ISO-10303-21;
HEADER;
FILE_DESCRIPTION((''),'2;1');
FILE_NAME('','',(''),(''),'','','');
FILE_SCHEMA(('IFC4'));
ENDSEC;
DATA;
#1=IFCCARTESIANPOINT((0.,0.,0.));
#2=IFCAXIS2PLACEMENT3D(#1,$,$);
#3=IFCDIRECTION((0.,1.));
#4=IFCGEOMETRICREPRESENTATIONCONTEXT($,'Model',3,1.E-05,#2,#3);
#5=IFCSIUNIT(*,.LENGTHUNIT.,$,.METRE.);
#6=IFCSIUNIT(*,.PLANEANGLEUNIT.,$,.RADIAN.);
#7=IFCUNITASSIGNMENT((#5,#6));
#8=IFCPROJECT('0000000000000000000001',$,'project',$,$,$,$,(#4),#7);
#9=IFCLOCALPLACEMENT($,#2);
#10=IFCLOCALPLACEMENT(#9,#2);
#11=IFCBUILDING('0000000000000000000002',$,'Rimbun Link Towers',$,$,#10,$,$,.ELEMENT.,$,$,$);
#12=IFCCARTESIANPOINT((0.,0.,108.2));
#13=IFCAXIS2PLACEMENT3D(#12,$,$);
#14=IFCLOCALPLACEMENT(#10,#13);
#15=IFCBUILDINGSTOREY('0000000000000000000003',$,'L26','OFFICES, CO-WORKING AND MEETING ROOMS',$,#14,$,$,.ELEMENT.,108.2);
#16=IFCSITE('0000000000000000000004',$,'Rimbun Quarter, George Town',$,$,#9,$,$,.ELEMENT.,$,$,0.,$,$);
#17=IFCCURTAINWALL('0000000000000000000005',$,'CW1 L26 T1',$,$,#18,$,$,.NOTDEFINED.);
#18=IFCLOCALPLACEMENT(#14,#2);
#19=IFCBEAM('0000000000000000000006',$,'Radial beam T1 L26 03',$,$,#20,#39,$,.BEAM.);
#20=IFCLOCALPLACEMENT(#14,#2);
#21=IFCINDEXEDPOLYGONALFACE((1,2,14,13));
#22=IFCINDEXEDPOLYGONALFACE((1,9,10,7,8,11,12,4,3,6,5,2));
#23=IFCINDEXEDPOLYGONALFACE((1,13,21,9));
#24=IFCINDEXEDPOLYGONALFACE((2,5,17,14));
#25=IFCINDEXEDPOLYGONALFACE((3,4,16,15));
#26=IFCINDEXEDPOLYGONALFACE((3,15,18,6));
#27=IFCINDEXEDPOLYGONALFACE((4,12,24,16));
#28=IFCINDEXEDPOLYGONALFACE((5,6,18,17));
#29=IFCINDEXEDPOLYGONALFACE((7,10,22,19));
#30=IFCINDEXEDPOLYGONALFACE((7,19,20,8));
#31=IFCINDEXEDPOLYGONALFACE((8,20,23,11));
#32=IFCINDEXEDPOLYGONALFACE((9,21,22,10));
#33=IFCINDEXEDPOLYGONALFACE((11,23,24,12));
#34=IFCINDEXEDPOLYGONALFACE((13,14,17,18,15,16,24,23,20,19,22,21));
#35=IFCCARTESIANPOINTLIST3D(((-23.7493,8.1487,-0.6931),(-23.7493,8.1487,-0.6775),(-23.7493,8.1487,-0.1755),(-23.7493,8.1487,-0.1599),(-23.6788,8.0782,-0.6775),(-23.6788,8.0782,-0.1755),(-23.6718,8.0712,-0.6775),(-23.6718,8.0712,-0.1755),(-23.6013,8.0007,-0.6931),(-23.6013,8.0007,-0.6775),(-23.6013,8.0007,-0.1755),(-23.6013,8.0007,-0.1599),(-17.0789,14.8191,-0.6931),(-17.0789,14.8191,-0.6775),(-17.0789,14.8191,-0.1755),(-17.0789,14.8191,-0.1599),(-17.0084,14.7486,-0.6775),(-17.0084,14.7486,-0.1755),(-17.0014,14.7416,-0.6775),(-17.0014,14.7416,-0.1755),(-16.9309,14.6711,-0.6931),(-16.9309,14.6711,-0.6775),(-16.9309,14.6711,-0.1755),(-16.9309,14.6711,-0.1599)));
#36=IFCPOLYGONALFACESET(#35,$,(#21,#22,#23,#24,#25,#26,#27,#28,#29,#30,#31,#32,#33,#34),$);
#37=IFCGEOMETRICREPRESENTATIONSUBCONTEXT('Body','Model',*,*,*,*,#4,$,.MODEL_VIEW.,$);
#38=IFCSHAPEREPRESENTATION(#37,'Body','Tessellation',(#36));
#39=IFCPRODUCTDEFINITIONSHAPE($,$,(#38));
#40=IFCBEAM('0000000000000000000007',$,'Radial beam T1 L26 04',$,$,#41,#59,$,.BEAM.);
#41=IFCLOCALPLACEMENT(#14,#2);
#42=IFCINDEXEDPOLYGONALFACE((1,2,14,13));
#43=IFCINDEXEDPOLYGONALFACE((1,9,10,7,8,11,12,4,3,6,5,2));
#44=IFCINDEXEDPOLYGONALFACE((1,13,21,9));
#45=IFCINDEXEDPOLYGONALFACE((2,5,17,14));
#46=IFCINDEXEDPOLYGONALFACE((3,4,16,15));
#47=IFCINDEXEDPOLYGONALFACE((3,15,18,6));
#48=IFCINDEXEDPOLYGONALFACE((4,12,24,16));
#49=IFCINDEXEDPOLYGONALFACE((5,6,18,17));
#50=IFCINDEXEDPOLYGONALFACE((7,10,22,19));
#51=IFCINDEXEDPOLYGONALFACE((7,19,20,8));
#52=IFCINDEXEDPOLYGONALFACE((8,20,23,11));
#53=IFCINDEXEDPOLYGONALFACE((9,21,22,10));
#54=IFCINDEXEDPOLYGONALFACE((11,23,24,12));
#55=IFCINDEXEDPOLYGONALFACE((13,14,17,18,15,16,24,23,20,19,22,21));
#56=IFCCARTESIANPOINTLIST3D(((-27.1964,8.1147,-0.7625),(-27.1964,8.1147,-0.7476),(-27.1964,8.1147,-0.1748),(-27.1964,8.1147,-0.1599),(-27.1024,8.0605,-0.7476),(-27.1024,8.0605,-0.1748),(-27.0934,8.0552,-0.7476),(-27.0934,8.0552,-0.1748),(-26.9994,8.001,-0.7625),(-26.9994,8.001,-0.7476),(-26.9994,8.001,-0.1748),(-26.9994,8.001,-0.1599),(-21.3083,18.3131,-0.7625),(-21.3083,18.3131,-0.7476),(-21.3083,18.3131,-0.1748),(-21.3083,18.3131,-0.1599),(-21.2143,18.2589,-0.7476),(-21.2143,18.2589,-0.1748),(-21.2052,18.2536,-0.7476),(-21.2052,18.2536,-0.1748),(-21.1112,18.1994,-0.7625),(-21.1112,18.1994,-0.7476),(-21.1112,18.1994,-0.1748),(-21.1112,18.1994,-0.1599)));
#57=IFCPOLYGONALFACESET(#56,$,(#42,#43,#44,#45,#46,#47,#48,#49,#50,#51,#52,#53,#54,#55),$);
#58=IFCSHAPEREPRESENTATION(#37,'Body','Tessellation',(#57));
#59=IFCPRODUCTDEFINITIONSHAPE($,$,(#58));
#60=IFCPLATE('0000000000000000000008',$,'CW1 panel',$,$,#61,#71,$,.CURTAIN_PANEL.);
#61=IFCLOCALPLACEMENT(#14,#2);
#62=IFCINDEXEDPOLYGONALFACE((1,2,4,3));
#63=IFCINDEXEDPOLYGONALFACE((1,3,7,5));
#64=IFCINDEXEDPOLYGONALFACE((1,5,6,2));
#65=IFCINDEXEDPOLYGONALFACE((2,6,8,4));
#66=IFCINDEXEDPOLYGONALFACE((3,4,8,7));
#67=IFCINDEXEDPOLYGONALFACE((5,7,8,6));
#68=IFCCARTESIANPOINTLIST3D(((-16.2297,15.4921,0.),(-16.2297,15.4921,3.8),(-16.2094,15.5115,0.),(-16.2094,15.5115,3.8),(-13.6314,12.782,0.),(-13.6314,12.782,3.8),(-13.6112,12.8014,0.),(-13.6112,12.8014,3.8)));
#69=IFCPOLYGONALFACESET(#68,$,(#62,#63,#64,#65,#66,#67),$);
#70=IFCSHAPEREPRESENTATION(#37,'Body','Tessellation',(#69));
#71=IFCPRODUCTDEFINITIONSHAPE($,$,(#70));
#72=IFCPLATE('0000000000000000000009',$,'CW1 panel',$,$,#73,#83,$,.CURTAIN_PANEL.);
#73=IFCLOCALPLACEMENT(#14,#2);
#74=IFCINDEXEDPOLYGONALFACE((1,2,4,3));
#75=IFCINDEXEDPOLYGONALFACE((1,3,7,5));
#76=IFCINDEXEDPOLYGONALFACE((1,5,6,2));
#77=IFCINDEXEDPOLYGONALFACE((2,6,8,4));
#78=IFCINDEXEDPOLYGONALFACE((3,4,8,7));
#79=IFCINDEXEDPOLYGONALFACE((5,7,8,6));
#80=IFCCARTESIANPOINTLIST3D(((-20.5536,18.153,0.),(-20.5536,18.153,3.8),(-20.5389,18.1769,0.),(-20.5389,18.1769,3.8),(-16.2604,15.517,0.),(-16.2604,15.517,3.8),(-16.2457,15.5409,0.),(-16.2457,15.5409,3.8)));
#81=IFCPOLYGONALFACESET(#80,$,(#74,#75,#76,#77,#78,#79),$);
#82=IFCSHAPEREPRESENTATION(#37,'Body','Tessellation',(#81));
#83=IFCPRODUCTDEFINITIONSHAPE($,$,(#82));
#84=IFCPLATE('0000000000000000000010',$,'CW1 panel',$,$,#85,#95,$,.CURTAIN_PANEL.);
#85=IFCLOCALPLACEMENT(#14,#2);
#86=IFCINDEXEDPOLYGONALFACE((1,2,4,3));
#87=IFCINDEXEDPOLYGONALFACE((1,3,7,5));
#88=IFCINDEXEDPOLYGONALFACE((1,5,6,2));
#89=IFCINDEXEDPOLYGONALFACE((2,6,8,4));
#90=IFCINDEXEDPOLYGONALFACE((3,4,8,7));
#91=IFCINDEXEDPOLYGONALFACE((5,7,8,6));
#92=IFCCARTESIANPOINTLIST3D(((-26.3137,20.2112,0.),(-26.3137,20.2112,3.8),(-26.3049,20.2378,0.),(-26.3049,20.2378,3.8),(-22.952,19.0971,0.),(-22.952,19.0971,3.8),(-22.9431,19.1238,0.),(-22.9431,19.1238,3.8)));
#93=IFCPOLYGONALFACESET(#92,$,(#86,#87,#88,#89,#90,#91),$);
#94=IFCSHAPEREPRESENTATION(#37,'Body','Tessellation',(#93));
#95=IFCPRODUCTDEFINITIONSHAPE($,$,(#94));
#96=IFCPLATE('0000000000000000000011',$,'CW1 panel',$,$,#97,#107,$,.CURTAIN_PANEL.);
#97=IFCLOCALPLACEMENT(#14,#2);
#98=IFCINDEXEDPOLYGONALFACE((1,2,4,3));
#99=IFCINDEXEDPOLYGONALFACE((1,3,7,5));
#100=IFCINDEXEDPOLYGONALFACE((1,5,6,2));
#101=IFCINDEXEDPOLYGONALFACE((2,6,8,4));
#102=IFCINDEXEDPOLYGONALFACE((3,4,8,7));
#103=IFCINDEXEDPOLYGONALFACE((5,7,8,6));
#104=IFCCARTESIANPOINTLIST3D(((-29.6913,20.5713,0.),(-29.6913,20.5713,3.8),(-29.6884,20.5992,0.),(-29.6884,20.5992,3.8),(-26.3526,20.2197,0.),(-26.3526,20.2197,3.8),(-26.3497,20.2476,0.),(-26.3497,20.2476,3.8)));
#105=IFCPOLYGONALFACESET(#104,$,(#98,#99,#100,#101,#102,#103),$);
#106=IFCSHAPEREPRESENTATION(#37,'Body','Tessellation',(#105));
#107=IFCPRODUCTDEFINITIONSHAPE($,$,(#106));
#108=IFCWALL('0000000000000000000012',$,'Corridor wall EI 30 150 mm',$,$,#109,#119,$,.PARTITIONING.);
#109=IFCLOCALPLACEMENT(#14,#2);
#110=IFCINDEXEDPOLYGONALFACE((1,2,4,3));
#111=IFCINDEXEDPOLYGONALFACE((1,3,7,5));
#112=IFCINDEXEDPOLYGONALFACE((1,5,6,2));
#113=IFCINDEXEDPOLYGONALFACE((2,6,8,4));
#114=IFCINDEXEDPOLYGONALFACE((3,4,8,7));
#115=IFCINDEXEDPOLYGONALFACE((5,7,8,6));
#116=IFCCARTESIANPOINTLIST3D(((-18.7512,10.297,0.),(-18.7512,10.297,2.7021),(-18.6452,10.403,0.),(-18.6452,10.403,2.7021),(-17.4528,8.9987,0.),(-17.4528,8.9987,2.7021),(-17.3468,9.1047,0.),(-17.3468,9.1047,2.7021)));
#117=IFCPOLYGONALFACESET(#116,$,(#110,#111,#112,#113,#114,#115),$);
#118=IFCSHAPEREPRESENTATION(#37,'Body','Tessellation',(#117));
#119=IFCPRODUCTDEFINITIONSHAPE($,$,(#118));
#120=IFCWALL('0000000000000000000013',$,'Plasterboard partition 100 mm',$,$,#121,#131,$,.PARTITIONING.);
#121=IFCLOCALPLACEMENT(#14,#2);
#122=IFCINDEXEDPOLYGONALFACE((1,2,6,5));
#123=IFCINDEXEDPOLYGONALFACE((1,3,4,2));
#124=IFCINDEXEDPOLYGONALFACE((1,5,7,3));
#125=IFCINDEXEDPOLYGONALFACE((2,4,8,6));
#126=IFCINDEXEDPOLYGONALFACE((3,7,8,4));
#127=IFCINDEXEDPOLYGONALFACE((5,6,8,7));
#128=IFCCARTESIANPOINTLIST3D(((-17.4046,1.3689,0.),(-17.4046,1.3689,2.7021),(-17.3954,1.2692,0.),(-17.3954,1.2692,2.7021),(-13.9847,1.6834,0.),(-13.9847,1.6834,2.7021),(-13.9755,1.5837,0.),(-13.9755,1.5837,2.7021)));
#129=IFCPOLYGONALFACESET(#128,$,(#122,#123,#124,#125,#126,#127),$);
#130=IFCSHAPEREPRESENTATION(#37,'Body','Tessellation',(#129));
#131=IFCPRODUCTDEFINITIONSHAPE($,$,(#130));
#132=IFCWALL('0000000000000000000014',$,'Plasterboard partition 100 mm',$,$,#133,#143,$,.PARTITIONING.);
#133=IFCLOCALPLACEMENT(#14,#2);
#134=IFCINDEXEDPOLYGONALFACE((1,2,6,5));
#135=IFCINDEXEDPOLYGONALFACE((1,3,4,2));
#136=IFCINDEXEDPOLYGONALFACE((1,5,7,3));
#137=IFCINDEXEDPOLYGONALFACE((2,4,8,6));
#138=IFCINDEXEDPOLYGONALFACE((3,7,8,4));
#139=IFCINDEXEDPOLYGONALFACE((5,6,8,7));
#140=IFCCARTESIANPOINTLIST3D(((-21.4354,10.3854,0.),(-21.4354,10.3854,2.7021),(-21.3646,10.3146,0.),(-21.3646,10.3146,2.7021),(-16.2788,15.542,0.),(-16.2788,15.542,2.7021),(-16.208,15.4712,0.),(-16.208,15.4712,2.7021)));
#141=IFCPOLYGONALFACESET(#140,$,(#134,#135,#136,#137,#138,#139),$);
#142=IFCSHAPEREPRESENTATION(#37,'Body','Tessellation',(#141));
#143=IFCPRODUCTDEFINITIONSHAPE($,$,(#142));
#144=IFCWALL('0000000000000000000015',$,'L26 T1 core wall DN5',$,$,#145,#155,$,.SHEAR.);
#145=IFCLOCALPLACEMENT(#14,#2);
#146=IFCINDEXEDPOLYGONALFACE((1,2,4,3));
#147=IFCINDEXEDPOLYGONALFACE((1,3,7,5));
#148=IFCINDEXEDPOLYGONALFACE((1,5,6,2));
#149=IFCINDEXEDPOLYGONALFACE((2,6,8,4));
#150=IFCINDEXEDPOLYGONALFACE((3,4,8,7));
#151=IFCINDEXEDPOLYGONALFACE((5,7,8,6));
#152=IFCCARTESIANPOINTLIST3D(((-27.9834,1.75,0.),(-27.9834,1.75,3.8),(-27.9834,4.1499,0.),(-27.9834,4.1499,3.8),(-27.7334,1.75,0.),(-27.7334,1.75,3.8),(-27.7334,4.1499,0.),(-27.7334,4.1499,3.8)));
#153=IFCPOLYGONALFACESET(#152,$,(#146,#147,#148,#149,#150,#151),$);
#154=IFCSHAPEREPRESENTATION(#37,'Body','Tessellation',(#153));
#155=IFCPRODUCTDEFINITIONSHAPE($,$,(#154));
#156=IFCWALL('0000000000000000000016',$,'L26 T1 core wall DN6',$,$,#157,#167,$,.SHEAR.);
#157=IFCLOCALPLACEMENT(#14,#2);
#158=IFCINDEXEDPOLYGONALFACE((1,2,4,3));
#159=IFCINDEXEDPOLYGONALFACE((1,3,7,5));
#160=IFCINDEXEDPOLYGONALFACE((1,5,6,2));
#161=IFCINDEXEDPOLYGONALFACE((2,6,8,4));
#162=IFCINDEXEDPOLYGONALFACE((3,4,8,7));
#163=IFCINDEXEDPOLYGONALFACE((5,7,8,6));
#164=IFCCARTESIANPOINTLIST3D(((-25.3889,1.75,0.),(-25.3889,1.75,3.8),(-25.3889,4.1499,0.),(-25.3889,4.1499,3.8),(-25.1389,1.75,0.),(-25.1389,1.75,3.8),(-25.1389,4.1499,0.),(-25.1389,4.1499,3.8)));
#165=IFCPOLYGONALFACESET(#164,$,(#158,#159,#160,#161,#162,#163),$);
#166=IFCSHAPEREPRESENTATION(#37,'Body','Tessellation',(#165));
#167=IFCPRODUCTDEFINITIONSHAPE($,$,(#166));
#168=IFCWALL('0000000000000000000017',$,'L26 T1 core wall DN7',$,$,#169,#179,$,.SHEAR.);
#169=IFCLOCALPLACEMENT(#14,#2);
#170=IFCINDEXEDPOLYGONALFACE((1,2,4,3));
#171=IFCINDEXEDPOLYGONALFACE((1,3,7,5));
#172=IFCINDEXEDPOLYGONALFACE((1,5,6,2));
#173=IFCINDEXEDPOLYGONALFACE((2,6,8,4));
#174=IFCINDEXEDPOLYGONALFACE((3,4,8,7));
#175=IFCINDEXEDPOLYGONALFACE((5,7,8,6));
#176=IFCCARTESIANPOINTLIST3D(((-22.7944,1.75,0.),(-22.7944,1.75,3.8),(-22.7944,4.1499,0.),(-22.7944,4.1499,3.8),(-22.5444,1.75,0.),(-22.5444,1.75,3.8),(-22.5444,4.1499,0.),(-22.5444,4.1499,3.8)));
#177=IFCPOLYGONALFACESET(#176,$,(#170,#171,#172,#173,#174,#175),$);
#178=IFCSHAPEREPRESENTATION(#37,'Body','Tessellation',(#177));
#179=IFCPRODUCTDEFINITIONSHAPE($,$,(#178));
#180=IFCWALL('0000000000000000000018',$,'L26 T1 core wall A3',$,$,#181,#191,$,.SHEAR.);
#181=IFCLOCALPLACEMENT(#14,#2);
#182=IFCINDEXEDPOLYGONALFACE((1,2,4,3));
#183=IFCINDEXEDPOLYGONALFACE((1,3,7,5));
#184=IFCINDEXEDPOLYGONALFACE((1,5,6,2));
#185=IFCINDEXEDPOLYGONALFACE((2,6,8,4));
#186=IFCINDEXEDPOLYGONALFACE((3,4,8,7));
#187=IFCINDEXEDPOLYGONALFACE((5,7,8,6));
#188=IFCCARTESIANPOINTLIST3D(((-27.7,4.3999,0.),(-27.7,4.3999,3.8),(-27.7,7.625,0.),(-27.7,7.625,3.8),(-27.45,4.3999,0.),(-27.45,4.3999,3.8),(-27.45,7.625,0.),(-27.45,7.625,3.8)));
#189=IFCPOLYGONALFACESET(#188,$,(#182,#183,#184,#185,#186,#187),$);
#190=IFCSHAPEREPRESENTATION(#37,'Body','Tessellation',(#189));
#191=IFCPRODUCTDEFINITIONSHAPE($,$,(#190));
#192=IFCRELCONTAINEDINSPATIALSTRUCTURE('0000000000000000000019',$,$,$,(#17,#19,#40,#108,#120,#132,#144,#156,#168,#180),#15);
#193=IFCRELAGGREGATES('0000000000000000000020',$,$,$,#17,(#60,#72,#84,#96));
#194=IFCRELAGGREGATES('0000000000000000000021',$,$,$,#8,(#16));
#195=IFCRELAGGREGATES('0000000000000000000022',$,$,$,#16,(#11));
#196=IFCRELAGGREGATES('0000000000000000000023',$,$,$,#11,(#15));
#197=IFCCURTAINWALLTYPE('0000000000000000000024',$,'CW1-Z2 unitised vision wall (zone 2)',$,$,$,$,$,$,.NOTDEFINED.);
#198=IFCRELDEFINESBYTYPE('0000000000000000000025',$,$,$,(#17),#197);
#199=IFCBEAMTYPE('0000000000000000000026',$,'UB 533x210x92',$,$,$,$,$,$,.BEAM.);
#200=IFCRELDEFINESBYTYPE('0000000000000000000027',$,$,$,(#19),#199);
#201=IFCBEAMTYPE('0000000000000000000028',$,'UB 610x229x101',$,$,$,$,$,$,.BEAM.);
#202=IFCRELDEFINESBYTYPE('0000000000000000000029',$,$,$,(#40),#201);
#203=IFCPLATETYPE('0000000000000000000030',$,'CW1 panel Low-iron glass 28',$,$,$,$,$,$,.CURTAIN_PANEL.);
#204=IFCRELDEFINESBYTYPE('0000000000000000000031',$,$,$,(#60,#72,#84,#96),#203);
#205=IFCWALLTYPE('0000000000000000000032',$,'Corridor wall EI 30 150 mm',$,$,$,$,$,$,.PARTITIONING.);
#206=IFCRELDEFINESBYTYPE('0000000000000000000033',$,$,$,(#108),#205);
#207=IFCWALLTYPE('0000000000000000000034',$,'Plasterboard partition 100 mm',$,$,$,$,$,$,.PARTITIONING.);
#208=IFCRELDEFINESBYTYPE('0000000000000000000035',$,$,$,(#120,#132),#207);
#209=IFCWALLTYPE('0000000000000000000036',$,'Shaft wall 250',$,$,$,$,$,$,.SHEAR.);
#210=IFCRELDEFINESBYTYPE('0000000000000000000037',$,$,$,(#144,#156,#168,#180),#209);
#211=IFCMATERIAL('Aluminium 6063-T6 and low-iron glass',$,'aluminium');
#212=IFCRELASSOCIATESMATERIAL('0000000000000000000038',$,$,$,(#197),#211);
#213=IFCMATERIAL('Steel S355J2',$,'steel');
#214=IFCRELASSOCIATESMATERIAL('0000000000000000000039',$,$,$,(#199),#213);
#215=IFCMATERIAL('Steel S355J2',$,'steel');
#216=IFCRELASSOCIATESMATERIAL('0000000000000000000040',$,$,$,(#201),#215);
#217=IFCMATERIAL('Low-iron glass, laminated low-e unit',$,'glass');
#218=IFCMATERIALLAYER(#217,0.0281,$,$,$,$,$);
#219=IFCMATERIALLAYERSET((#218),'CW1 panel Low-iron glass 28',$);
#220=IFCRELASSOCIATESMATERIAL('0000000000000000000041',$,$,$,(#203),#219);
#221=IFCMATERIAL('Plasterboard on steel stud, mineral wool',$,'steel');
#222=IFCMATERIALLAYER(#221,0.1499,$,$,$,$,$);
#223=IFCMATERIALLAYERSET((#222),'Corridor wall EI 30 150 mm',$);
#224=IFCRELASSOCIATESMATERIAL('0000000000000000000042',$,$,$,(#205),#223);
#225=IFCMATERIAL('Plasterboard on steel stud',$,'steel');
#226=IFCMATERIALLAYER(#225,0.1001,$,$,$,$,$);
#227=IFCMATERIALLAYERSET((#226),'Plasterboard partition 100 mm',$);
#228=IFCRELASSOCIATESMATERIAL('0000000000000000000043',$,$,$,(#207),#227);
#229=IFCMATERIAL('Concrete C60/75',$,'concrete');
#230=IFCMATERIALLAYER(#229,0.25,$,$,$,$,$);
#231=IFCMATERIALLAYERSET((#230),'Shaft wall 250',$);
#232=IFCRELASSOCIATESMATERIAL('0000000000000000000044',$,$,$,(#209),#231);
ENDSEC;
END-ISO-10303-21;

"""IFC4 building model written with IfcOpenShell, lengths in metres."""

from ifc_helpers import new_model, si_unit, direction, frame, frame_2d, origin, origin_2d, place, context, subcontext, project, spatial, rectangle, i_section, extrude, material, layer, layer_set, material_profile, profile_set, type_object, element, aggregate, save


model = new_model("IFC4")

# Units and contexts
model_context = context("Model", 3, precision=1e-05, world=origin(), true_north=direction((0.0, 1.0)))
body_context = subcontext(model_context, "Body", "Model", "MODEL_VIEW")
ifc_project = project(units=[si_unit("LENGTHUNIT", "METRE"), si_unit("PLANEANGLEUNIT", "RADIAN")], contexts=[model_context])

# Site, building, storey
site_placement = place(None, origin())
site = spatial("IfcSite", under=ifc_project, at=site_placement, Name="Rimbun Quarter, George Town", CompositionType="ELEMENT", RefElevation=0.0)
building_placement = place(site_placement, origin())
building = spatial("IfcBuilding", under=site, at=building_placement, Name="Rimbun Link Towers", CompositionType="ELEMENT")
storey_placement = place(building_placement, frame((0.0, 0.0, 108.2)))
storey = spatial("IfcBuildingStorey", under=building, at=storey_placement, Name="L26", Description="OFFICES, CO-WORKING AND MEETING ROOMS", CompositionType="ELEMENT", Elevation=108.2)

# Curtain wall
ifc_material_1 = material(Name="Aluminium 6063-T6 and low-iron glass", Category="aluminium")
curtain_wall_type = type_object("IfcCurtainWallType", Name="CW1-Z2 unitised vision wall (zone 2)", PredefinedType="NOTDEFINED", material=ifc_material_1)
curtain_wall_placement = place(storey_placement, origin())
curtain_wall = element("IfcCurtainWall", 1, at=curtain_wall_placement, inside=storey, type_object=curtain_wall_type, Name="CW1 L26 T1", PredefinedType="NOTDEFINED")

# Beams
ifc_material_2 = material(Name="Steel S355J2", Category="steel")
ifc_material_profile_1 = material_profile(ifc_material_2, i_section(OverallWidth=0.2092, OverallDepth=0.5332, WebThickness=0.01, FlangeThickness=0.0156, at=origin_2d()), Name="UB 533x210x92")
ifc_profile_set_1 = profile_set([ifc_material_profile_1], Name="Steel S355J2")
beam_type_1 = type_object("IfcBeamType", Name="UB 533x210x92", PredefinedType="BEAM", material=ifc_profile_set_1)
beam_1_placement = place(storey_placement, frame((-23.6753, 8.0747, -0.4265), z_axis=(0.707107, 0.707107, 0.0), x_axis=(-0.707107, 0.707107, 0.0)))
element("IfcBeam", 2, at=beam_1_placement, inside=storey, type_object=beam_type_1, Name="Radial beam T1 L26 03", PredefinedType="BEAM", context=body_context, shape_type="SweptSolid", body=[
    extrude(i_section(OverallWidth=0.2092, OverallDepth=0.5332, WebThickness=0.01, FlangeThickness=0.0156, at=origin_2d()), origin(), (0.0, 0.0, 1.0), 9.4333),
])
ifc_material_3 = material(Name="Steel S355J2", Category="steel")
ifc_material_profile_2 = material_profile(ifc_material_3, i_section(OverallWidth=0.2275, OverallDepth=0.6025, WebThickness=0.0105, FlangeThickness=0.0149, at=origin_2d()), Name="UB 610x229x101")
ifc_profile_set_2 = profile_set([ifc_material_profile_2], Name="Steel S355J2")
beam_type_2 = type_object("IfcBeamType", Name="UB 610x229x101", PredefinedType="BEAM", material=ifc_profile_set_2)
beam_2_placement = place(storey_placement, frame((-27.0979, 8.0579, -0.4612), z_axis=(0.500005, 0.866022, 0.0), x_axis=(-0.866022, 0.500005, 0.0)))
element("IfcBeam", 3, at=beam_2_placement, inside=storey, type_object=beam_type_2, Name="Radial beam T1 L26 04", PredefinedType="BEAM", context=body_context, shape_type="SweptSolid", body=[
    extrude(i_section(OverallWidth=0.2275, OverallDepth=0.6025, WebThickness=0.0105, FlangeThickness=0.0149, at=origin_2d()), origin(), (0.0, 0.0, 1.0), 11.7761),
])

# Plates
ifc_material_4 = material(Name="Low-iron glass, laminated low-e unit", Category="glass")
ifc_layer_1 = layer(ifc_material_4, 0.0281)
ifc_layer_set_1 = layer_set([ifc_layer_1], Name="CW1 panel Low-iron glass 28")
plate_type = type_object("IfcPlateType", Name="CW1 panel Low-iron glass 28", PredefinedType="CURTAIN_PANEL", material=ifc_layer_set_1)
plate_1_placement = place(storey_placement, frame((-14.9204, 14.1467, 0.0), z_axis=(0.0, 0.0, 1.0), x_axis=(0.692055, -0.721845, 0.0)))
plate_1 = element("IfcPlate", 4, at=plate_1_placement, type_object=plate_type, Name="CW1 panel", PredefinedType="CURTAIN_PANEL", context=body_context, shape_type="SweptSolid", body=[
    extrude(rectangle(XDim=3.7544, YDim=0.0281, at=origin_2d()), origin(), (0.0, 0.0, 1.0), 3.8),
])
plate_2_placement = place(storey_placement, frame((-18.3997, 16.8469, 0.0), z_axis=(0.0, 0.0, 1.0), x_axis=(0.852185, -0.523241, 0.0)))
plate_2 = element("IfcPlate", 5, at=plate_2_placement, type_object=plate_type, Name="CW1 panel", PredefinedType="CURTAIN_PANEL", context=body_context, shape_type="SweptSolid", body=[
    extrude(rectangle(XDim=5.0378, YDim=0.0281, at=origin_2d()), origin(), (0.0, 0.0, 1.0), 3.8),
])
plate_3_placement = place(storey_placement, frame((-24.6284, 19.6675, 0.0), z_axis=(0.0, 0.0, 1.0), x_axis=(0.949237, -0.314562, 0.0)))
plate_3 = element("IfcPlate", 6, at=plate_3_placement, type_object=plate_type, Name="CW1 panel", PredefinedType="CURTAIN_PANEL", context=body_context, shape_type="SweptSolid", body=[
    extrude(rectangle(XDim=3.5415, YDim=0.0281, at=origin_2d()), origin(), (0.0, 0.0, 1.0), 3.8),
])
plate_4_placement = place(storey_placement, frame((-28.0205, 20.4094, 0.0), z_axis=(0.0, 0.0, 1.0), x_axis=(0.994501, -0.104732, 0.0)))
plate_4 = element("IfcPlate", 7, at=plate_4_placement, type_object=plate_type, Name="CW1 panel", PredefinedType="CURTAIN_PANEL", context=body_context, shape_type="SweptSolid", body=[
    extrude(rectangle(XDim=3.3572, YDim=0.0281, at=origin_2d()), origin(), (0.0, 0.0, 1.0), 3.8),
])
aggregate(curtain_wall, [plate_1, plate_2, plate_3, plate_4])

# Walls
ifc_material_5 = material(Name="Plasterboard on steel stud, mineral wool", Category="steel")
ifc_layer_2 = layer(ifc_material_5, 0.1499)
ifc_layer_set_2 = layer_set([ifc_layer_2], Name="Corridor wall EI 30 150 mm")
wall_type_1 = type_object("IfcWallType", Name="Corridor wall EI 30 150 mm", PredefinedType="PARTITIONING", material=ifc_layer_set_2)
wall_1_placement = place(storey_placement, frame((-17.3999, 9.0518, 0.0), z_axis=(0.0, 0.0, 1.0), x_axis=(-0.707107, 0.707107, 0.0)))
element("IfcWall", 8, at=wall_1_placement, inside=storey, type_object=wall_type_1, Name="Corridor wall EI 30 150 mm", PredefinedType="PARTITIONING", context=body_context, shape_type="SweptSolid", body=[
    extrude(rectangle(XDim=1.8362, YDim=0.1499, at=frame_2d((0.918, 0.0))), origin(), (0.0, 0.0, 1.0), 2.7021),
])
ifc_material_6 = material(Name="Plasterboard on steel stud", Category="steel")
ifc_layer_3 = layer(ifc_material_6, 0.1001)
ifc_layer_set_3 = layer_set([ifc_layer_3], Name="Plasterboard partition 100 mm")
wall_type_2 = type_object("IfcWallType", Name="Plasterboard partition 100 mm", PredefinedType="PARTITIONING", material=ifc_layer_set_3)
wall_2_placement = place(storey_placement, frame((-13.98, 1.6335, 0.0), z_axis=(0.0, 0.0, 1.0), x_axis=(-0.995799, -0.091561, 0.0)))
element("IfcWall", 9, at=wall_2_placement, inside=storey, type_object=wall_type_2, Name="Plasterboard partition 100 mm", PredefinedType="PARTITIONING", context=body_context, shape_type="SweptSolid", body=[
    extrude(rectangle(XDim=3.4343, YDim=0.1001, at=frame_2d((1.7173, 0.0))), origin(), (0.0, 0.0, 1.0), 2.7021),
])
wall_3_placement = place(storey_placement, frame((-16.2434, 15.5066, 0.0), z_axis=(0.0, 0.0, 1.0), x_axis=(-0.707107, -0.707107, 0.0)))
element("IfcWall", 10, at=wall_3_placement, inside=storey, type_object=wall_type_2, Name="Plasterboard partition 100 mm", PredefinedType="PARTITIONING", context=body_context, shape_type="SweptSolid", body=[
    extrude(rectangle(XDim=7.2925, YDim=0.1001, at=frame_2d((3.6462, 0.0))), origin(), (0.0, 0.0, 1.0), 2.7021),
])
ifc_material_7 = material(Name="Concrete C60/75", Category="concrete")
ifc_layer_4 = layer(ifc_material_7, 0.25)
ifc_layer_set_4 = layer_set([ifc_layer_4], Name="Shaft wall 250")
wall_type_3 = type_object("IfcWallType", Name="Shaft wall 250", PredefinedType="SHEAR", material=ifc_layer_set_4)
for number, where, z_axis, x_axis, name in (
    (11, (-27.8584, 1.75, 0.0), (0.0, 0.0, 1.0), (0.0, 1.0, 0.0), "L26 T1 core wall DN5"),
    (12, (-25.2639, 1.75, 0.0), (0.0, 0.0, 1.0), (0.0, 1.0, 0.0), "L26 T1 core wall DN6"),
    (13, (-22.6694, 1.75, 0.0), (0.0, 0.0, 1.0), (0.0, 1.0, 0.0), "L26 T1 core wall DN7"),
):
    element("IfcWall", number, at=place(storey_placement, frame(where, z_axis=z_axis, x_axis=x_axis)), inside=storey, type_object=wall_type_3, Name=name, PredefinedType="SHEAR", context=body_context, shape_type="SweptSolid", body=[
        extrude(rectangle(XDim=2.3999, YDim=0.25, at=frame_2d((1.2, 0.0))), origin(), (0.0, 0.0, 1.0), 3.8),
    ])
wall_4_placement = place(storey_placement, frame((-27.575, 4.3999, 0.0), z_axis=(0.0, 0.0, 1.0), x_axis=(0.0, 1.0, 0.0)))
element("IfcWall", 14, at=wall_4_placement, inside=storey, type_object=wall_type_3, Name="L26 T1 core wall A3", PredefinedType="SHEAR", context=body_context, shape_type="SweptSolid", body=[
    extrude(rectangle(XDim=3.2251, YDim=0.25, at=frame_2d((1.6125, 0.0))), origin(), (0.0, 0.0, 1.0), 3.8),
])

save(model, "model.ifc")
